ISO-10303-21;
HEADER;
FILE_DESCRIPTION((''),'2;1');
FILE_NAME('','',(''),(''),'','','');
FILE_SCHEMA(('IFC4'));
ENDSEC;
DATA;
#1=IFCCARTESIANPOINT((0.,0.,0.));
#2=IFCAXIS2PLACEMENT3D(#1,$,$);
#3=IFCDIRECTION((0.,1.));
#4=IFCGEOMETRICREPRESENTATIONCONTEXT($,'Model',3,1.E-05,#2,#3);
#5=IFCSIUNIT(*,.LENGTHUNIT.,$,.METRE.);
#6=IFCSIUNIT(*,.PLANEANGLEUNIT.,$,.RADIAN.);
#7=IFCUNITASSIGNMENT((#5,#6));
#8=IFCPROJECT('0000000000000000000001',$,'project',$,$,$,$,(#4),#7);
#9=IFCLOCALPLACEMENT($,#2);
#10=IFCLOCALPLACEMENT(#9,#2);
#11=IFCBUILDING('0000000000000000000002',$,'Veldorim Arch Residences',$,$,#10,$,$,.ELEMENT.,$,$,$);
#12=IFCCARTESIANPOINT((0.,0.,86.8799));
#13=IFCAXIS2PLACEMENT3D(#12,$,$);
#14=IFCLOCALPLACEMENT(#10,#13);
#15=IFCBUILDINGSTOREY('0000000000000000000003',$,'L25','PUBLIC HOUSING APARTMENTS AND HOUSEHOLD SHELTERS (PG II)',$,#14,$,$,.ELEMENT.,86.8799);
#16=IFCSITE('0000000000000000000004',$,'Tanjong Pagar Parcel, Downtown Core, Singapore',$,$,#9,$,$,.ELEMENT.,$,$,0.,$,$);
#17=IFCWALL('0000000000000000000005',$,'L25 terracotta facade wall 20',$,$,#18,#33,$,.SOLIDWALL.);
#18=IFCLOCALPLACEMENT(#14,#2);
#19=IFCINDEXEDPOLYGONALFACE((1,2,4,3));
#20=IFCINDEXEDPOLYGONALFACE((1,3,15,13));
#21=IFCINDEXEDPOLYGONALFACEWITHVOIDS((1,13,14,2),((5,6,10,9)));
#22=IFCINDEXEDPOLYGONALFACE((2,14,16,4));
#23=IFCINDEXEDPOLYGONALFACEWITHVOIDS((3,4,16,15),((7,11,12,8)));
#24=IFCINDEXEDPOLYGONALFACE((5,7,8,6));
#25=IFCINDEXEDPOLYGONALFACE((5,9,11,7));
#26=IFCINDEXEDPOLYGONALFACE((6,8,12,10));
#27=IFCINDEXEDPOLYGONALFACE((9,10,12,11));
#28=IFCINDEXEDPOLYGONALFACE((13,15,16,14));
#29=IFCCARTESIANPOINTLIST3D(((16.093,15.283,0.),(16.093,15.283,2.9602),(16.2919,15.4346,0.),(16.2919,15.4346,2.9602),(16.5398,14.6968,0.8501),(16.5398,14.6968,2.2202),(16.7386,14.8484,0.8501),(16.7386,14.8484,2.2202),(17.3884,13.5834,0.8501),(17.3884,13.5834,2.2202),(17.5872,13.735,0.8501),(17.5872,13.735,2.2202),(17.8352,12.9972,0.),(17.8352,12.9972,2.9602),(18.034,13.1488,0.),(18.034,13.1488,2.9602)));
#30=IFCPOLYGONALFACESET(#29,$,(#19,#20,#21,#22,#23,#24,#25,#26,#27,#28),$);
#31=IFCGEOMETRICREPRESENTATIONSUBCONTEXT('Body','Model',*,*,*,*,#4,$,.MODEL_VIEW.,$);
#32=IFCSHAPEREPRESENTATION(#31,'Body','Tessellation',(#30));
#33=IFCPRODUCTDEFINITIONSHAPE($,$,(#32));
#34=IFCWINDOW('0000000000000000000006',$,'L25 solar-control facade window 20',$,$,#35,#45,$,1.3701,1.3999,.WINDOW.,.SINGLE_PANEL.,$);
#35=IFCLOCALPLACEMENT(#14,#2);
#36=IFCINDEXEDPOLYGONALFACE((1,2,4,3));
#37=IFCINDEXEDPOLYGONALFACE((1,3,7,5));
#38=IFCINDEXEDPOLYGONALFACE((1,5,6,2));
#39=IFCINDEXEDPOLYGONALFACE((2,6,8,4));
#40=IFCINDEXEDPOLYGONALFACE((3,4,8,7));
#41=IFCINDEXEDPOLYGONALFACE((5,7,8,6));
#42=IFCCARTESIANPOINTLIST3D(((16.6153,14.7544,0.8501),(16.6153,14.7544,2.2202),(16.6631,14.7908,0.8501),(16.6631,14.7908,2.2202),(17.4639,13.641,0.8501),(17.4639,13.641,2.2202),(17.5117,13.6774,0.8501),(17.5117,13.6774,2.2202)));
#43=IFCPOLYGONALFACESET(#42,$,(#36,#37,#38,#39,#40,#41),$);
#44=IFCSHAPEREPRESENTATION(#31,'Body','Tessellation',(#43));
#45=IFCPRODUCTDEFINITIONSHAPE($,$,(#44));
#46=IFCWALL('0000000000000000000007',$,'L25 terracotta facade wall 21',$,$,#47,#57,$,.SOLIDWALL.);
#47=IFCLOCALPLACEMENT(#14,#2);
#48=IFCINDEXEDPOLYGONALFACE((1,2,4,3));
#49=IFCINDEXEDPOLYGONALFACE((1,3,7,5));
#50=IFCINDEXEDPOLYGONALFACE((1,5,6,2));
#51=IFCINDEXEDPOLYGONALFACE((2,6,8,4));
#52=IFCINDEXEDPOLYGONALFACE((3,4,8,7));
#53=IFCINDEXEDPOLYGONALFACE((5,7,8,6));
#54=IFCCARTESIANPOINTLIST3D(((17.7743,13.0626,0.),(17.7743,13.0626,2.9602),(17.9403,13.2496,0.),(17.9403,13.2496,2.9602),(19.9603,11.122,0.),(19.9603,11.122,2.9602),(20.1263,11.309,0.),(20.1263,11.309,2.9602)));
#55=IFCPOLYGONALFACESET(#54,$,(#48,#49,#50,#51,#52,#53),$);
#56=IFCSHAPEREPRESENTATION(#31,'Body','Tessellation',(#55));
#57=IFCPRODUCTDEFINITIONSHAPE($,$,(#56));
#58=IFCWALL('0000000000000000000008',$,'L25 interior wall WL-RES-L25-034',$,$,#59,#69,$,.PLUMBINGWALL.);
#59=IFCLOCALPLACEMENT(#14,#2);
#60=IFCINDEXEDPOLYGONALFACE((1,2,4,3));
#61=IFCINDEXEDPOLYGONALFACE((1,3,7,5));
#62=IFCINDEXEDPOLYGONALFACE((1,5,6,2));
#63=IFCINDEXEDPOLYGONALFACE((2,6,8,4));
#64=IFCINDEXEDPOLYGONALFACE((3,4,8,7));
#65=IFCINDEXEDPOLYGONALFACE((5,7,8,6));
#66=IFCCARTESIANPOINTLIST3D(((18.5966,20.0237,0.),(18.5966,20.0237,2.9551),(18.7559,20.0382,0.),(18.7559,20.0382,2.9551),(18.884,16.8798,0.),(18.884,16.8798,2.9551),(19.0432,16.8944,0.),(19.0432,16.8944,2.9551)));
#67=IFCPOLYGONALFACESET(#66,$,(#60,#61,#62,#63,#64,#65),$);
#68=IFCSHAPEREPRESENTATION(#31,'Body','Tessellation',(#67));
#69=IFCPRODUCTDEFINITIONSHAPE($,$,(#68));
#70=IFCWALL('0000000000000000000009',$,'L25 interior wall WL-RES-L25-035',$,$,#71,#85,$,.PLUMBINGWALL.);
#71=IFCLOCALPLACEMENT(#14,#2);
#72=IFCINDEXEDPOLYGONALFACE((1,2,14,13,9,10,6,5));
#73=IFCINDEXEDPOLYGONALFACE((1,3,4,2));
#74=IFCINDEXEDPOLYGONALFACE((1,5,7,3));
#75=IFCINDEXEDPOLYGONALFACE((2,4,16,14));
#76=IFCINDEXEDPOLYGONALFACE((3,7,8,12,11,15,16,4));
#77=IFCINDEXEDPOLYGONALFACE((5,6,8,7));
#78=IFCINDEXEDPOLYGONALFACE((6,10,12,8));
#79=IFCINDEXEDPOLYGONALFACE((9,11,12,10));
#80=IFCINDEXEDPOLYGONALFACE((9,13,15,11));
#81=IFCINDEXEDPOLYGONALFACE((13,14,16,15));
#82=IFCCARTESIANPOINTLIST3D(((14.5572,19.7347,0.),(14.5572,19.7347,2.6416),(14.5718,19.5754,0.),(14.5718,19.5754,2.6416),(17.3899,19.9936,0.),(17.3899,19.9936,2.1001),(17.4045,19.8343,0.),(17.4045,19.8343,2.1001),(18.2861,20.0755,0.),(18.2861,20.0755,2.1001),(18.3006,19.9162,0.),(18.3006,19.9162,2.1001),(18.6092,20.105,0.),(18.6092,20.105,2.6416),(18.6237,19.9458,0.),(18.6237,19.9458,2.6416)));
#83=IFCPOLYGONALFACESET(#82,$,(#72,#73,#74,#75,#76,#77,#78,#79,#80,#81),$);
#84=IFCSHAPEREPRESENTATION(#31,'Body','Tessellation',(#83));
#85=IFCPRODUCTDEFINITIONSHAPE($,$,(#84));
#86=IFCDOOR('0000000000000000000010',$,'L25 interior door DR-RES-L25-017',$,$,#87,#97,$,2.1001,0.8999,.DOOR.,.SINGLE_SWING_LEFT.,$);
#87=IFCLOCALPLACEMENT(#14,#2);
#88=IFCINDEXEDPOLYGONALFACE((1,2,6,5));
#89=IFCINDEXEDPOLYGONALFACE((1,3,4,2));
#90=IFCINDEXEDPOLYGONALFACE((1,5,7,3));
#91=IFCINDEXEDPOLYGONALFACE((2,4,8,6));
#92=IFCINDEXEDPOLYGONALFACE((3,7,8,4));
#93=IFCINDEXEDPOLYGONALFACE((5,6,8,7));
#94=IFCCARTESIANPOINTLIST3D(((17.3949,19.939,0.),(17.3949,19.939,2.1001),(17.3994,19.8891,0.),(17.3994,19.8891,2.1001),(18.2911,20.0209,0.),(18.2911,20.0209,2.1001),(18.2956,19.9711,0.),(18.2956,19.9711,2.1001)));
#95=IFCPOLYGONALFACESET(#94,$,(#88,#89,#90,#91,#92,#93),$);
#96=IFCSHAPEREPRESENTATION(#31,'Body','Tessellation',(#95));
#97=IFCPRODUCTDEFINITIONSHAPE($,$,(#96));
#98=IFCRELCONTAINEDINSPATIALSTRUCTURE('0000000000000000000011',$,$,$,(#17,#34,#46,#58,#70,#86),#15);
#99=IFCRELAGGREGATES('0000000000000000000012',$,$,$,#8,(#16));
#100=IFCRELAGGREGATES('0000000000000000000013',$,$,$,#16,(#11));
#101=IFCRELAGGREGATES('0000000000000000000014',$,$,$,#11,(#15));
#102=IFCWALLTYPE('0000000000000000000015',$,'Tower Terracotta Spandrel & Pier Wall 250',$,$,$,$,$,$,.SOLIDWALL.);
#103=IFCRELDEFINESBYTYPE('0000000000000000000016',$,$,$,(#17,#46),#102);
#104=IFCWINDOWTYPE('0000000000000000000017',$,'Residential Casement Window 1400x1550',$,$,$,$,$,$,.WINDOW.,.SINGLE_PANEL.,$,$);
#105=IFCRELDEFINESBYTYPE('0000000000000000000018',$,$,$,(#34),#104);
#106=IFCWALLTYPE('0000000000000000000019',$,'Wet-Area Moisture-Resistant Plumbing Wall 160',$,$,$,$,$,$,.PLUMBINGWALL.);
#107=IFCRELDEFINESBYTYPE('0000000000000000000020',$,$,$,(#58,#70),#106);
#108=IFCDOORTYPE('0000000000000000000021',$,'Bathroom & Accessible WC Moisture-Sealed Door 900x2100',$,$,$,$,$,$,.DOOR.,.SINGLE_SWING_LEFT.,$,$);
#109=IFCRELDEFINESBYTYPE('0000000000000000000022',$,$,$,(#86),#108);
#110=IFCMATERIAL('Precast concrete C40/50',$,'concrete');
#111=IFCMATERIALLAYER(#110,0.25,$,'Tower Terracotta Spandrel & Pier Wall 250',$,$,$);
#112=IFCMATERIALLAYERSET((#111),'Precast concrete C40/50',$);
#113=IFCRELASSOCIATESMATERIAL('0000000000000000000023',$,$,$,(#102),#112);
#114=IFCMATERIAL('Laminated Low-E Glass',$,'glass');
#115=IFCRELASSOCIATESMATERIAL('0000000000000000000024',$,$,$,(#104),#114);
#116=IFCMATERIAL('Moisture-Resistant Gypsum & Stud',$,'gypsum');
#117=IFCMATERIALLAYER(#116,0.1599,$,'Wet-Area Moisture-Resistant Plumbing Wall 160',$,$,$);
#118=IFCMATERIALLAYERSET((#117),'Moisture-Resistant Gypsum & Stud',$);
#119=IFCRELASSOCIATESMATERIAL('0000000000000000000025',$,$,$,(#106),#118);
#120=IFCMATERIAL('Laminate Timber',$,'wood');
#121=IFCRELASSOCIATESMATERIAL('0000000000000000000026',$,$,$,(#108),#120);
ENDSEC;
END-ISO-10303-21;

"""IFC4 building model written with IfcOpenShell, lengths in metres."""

from ifc_helpers import new_model, si_unit, direction, frame, frame_2d, origin, place, context, subcontext, project, spatial, rectangle, extrude, material, layer, layer_set, type_object, element, fill, save


model = new_model("IFC4")

# Units and contexts
model_context = context("Model", 3, precision=1e-05, world=origin(), true_north=direction((0.0, 1.0)))
body_context = subcontext(model_context, "Body", "Model", "MODEL_VIEW")
ifc_project = project(units=[si_unit("LENGTHUNIT", "METRE"), si_unit("PLANEANGLEUNIT", "RADIAN")], contexts=[model_context])

# Site, building, storey
site_placement = place(None, origin())
site = spatial("IfcSite", under=ifc_project, at=site_placement, Name="Tanjong Pagar Parcel, Downtown Core, Singapore", CompositionType="ELEMENT", RefElevation=0.0)
building_placement = place(site_placement, origin())
building = spatial("IfcBuilding", under=site, at=building_placement, Name="Veldorim Arch Residences", CompositionType="ELEMENT")
storey_placement = place(building_placement, frame((0.0, 0.0, 86.8799)))
storey = spatial("IfcBuildingStorey", under=building, at=storey_placement, Name="L25", Description="PUBLIC HOUSING APARTMENTS AND HOUSEHOLD SHELTERS (PG II)", CompositionType="ELEMENT", Elevation=86.8799)

# Wall, opening, window
ifc_material_1 = material(Name="Precast concrete C40/50", Category="concrete")
ifc_layer_1 = layer(ifc_material_1, 0.25, Name="Tower Terracotta Spandrel & Pier Wall 250")
ifc_layer_set_1 = layer_set([ifc_layer_1], Name="Precast concrete C40/50")
wall_type_1 = type_object("IfcWallType", Name="Tower Terracotta Spandrel & Pier Wall 250", PredefinedType="SOLIDWALL", material=ifc_layer_set_1)
wall_1_placement = place(storey_placement, frame((17.9346, 13.073, 0.0), z_axis=(0.0, 0.0, 1.0), x_axis=(-0.606166, 0.795338, 0.0)))
wall_1 = element("IfcWall", 1, at=wall_1_placement, inside=storey, type_object=wall_type_1, Name="L25 terracotta facade wall 20", PredefinedType="SOLIDWALL", context=body_context, shape_type="SweptSolid", body=[
    extrude(rectangle(XDim=2.874, YDim=0.25, at=frame_2d((1.437, 0.0))), origin(), (0.0, 0.0, 1.0), 2.9602),
])
opening_1_placement = place(wall_1_placement, frame((0.7371, 0.0, 0.8501)))
opening_1 = element("IfcOpeningElement", 2, at=opening_1_placement, cuts=wall_1, PredefinedType="OPENING", context=body_context, shape_type="SweptSolid", body=[
    extrude(rectangle(XDim=1.3999, YDim=1.3701, at=frame_2d((0.7, 0.6851))), frame((0.0, 0.135, 0.0), z_axis=(0.0, -1.0, 0.0), x_axis=(1.0, 0.0, 0.0)), (0.0, 0.0, 1.0), 0.27),
])
ifc_material_2 = material(Name="Laminated Low-E Glass", Category="glass")
window_type = type_object("IfcWindowType", Name="Residential Casement Window 1400x1550", PartitioningType="SINGLE_PANEL", PredefinedType="WINDOW", material=ifc_material_2)
window_placement = place(opening_1_placement, origin())
window = element("IfcWindow", 3, at=window_placement, inside=storey, type_object=window_type, Name="L25 solar-control facade window 20", OverallHeight=1.3701, OverallWidth=1.3999, PartitioningType="SINGLE_PANEL", PredefinedType="WINDOW", context=body_context, shape_type="SweptSolid", body=[
    extrude(rectangle(XDim=1.3999, YDim=1.3701, at=frame_2d((0.7, 0.6851))), frame((0.0, 0.03, 0.0), z_axis=(0.0, -1.0, 0.0), x_axis=(1.0, 0.0, 0.0)), (0.0, 0.0, 1.0), 0.0601),
])
fill(opening_1, window)

# Walls
wall_2_placement = place(storey_placement, frame((20.0432, 11.2156, 0.0), z_axis=(0.0, 0.0, 1.0), x_axis=(-0.747828, 0.663892, 0.0)))
element("IfcWall", 4, at=wall_2_placement, inside=storey, type_object=wall_type_1, Name="L25 terracotta facade wall 21", PredefinedType="SOLIDWALL", context=body_context, shape_type="SweptSolid", body=[
    extrude(rectangle(XDim=2.9231, YDim=0.25, at=frame_2d((1.4614, 0.0))), origin(), (0.0, 0.0, 1.0), 2.9602),
])
ifc_material_3 = material(Name="Moisture-Resistant Gypsum & Stud", Category="gypsum")
ifc_layer_2 = layer(ifc_material_3, 0.1599, Name="Wet-Area Moisture-Resistant Plumbing Wall 160")
ifc_layer_set_2 = layer_set([ifc_layer_2], Name="Moisture-Resistant Gypsum & Stud")
wall_type_2 = type_object("IfcWallType", Name="Wet-Area Moisture-Resistant Plumbing Wall 160", PredefinedType="PLUMBINGWALL", material=ifc_layer_set_2)
wall_3_placement = place(storey_placement, frame((18.9636, 16.887, 0.0), z_axis=(0.0, 0.0, 1.0), x_axis=(-0.091024, 0.995849, 0.0)))
element("IfcWall", 5, at=wall_3_placement, inside=storey, type_object=wall_type_2, Name="L25 interior wall WL-RES-L25-034", PredefinedType="PLUMBINGWALL", context=body_context, shape_type="SweptSolid", body=[
    extrude(rectangle(XDim=3.157, YDim=0.1599, at=frame_2d((1.5786, 0.0))), origin(), (0.0, 0.0, 1.0), 2.9551),
])

# Wall, opening, door
wall_4_placement = place(storey_placement, frame((18.6165, 20.0254, 0.0), z_axis=(0.0, 0.0, 1.0), x_axis=(-0.995849, -0.091023, 0.0)))
wall_4 = element("IfcWall", 6, at=wall_4_placement, inside=storey, type_object=wall_type_2, Name="L25 interior wall WL-RES-L25-035", PredefinedType="PLUMBINGWALL", context=body_context, shape_type="SweptSolid", body=[
    extrude(rectangle(XDim=4.0688, YDim=0.1599, at=frame_2d((2.0344, 0.0))), origin(), (0.0, 0.0, 1.0), 2.6416),
])
opening_2_placement = place(wall_4_placement, frame((0.3245, 0.0, 0.0)))
opening_2 = element("IfcOpeningElement", 7, at=opening_2_placement, cuts=wall_4, PredefinedType="OPENING", context=body_context, shape_type="SweptSolid", body=[
    extrude(rectangle(XDim=0.8999, YDim=2.1001, at=frame_2d((0.45, 1.05))), frame((0.0, 0.0898, 0.0), z_axis=(0.0, -1.0, 0.0), x_axis=(1.0, 0.0, 0.0)), (0.0, 0.0, 1.0), 0.1799),
])
ifc_material_4 = material(Name="Laminate Timber", Category="wood")
door_type = type_object("IfcDoorType", Name="Bathroom & Accessible WC Moisture-Sealed Door 900x2100", OperationType="SINGLE_SWING_LEFT", PredefinedType="DOOR", material=ifc_material_4)
door_placement = place(opening_2_placement, origin())
door = element("IfcDoor", 8, at=door_placement, inside=storey, type_object=door_type, Name="L25 interior door DR-RES-L25-017", OperationType="SINGLE_SWING_LEFT", OverallHeight=2.1001, OverallWidth=0.8999, PredefinedType="DOOR", context=body_context, shape_type="SweptSolid", body=[
    extrude(rectangle(XDim=0.8999, YDim=2.1001, at=frame_2d((0.45, 1.05))), frame((0.0, 0.0249, 0.0), z_axis=(0.0, -1.0, 0.0), x_axis=(1.0, 0.0, 0.0)), (0.0, 0.0, 1.0), 0.05),
])
fill(opening_2, door)

save(model, "model.ifc")
